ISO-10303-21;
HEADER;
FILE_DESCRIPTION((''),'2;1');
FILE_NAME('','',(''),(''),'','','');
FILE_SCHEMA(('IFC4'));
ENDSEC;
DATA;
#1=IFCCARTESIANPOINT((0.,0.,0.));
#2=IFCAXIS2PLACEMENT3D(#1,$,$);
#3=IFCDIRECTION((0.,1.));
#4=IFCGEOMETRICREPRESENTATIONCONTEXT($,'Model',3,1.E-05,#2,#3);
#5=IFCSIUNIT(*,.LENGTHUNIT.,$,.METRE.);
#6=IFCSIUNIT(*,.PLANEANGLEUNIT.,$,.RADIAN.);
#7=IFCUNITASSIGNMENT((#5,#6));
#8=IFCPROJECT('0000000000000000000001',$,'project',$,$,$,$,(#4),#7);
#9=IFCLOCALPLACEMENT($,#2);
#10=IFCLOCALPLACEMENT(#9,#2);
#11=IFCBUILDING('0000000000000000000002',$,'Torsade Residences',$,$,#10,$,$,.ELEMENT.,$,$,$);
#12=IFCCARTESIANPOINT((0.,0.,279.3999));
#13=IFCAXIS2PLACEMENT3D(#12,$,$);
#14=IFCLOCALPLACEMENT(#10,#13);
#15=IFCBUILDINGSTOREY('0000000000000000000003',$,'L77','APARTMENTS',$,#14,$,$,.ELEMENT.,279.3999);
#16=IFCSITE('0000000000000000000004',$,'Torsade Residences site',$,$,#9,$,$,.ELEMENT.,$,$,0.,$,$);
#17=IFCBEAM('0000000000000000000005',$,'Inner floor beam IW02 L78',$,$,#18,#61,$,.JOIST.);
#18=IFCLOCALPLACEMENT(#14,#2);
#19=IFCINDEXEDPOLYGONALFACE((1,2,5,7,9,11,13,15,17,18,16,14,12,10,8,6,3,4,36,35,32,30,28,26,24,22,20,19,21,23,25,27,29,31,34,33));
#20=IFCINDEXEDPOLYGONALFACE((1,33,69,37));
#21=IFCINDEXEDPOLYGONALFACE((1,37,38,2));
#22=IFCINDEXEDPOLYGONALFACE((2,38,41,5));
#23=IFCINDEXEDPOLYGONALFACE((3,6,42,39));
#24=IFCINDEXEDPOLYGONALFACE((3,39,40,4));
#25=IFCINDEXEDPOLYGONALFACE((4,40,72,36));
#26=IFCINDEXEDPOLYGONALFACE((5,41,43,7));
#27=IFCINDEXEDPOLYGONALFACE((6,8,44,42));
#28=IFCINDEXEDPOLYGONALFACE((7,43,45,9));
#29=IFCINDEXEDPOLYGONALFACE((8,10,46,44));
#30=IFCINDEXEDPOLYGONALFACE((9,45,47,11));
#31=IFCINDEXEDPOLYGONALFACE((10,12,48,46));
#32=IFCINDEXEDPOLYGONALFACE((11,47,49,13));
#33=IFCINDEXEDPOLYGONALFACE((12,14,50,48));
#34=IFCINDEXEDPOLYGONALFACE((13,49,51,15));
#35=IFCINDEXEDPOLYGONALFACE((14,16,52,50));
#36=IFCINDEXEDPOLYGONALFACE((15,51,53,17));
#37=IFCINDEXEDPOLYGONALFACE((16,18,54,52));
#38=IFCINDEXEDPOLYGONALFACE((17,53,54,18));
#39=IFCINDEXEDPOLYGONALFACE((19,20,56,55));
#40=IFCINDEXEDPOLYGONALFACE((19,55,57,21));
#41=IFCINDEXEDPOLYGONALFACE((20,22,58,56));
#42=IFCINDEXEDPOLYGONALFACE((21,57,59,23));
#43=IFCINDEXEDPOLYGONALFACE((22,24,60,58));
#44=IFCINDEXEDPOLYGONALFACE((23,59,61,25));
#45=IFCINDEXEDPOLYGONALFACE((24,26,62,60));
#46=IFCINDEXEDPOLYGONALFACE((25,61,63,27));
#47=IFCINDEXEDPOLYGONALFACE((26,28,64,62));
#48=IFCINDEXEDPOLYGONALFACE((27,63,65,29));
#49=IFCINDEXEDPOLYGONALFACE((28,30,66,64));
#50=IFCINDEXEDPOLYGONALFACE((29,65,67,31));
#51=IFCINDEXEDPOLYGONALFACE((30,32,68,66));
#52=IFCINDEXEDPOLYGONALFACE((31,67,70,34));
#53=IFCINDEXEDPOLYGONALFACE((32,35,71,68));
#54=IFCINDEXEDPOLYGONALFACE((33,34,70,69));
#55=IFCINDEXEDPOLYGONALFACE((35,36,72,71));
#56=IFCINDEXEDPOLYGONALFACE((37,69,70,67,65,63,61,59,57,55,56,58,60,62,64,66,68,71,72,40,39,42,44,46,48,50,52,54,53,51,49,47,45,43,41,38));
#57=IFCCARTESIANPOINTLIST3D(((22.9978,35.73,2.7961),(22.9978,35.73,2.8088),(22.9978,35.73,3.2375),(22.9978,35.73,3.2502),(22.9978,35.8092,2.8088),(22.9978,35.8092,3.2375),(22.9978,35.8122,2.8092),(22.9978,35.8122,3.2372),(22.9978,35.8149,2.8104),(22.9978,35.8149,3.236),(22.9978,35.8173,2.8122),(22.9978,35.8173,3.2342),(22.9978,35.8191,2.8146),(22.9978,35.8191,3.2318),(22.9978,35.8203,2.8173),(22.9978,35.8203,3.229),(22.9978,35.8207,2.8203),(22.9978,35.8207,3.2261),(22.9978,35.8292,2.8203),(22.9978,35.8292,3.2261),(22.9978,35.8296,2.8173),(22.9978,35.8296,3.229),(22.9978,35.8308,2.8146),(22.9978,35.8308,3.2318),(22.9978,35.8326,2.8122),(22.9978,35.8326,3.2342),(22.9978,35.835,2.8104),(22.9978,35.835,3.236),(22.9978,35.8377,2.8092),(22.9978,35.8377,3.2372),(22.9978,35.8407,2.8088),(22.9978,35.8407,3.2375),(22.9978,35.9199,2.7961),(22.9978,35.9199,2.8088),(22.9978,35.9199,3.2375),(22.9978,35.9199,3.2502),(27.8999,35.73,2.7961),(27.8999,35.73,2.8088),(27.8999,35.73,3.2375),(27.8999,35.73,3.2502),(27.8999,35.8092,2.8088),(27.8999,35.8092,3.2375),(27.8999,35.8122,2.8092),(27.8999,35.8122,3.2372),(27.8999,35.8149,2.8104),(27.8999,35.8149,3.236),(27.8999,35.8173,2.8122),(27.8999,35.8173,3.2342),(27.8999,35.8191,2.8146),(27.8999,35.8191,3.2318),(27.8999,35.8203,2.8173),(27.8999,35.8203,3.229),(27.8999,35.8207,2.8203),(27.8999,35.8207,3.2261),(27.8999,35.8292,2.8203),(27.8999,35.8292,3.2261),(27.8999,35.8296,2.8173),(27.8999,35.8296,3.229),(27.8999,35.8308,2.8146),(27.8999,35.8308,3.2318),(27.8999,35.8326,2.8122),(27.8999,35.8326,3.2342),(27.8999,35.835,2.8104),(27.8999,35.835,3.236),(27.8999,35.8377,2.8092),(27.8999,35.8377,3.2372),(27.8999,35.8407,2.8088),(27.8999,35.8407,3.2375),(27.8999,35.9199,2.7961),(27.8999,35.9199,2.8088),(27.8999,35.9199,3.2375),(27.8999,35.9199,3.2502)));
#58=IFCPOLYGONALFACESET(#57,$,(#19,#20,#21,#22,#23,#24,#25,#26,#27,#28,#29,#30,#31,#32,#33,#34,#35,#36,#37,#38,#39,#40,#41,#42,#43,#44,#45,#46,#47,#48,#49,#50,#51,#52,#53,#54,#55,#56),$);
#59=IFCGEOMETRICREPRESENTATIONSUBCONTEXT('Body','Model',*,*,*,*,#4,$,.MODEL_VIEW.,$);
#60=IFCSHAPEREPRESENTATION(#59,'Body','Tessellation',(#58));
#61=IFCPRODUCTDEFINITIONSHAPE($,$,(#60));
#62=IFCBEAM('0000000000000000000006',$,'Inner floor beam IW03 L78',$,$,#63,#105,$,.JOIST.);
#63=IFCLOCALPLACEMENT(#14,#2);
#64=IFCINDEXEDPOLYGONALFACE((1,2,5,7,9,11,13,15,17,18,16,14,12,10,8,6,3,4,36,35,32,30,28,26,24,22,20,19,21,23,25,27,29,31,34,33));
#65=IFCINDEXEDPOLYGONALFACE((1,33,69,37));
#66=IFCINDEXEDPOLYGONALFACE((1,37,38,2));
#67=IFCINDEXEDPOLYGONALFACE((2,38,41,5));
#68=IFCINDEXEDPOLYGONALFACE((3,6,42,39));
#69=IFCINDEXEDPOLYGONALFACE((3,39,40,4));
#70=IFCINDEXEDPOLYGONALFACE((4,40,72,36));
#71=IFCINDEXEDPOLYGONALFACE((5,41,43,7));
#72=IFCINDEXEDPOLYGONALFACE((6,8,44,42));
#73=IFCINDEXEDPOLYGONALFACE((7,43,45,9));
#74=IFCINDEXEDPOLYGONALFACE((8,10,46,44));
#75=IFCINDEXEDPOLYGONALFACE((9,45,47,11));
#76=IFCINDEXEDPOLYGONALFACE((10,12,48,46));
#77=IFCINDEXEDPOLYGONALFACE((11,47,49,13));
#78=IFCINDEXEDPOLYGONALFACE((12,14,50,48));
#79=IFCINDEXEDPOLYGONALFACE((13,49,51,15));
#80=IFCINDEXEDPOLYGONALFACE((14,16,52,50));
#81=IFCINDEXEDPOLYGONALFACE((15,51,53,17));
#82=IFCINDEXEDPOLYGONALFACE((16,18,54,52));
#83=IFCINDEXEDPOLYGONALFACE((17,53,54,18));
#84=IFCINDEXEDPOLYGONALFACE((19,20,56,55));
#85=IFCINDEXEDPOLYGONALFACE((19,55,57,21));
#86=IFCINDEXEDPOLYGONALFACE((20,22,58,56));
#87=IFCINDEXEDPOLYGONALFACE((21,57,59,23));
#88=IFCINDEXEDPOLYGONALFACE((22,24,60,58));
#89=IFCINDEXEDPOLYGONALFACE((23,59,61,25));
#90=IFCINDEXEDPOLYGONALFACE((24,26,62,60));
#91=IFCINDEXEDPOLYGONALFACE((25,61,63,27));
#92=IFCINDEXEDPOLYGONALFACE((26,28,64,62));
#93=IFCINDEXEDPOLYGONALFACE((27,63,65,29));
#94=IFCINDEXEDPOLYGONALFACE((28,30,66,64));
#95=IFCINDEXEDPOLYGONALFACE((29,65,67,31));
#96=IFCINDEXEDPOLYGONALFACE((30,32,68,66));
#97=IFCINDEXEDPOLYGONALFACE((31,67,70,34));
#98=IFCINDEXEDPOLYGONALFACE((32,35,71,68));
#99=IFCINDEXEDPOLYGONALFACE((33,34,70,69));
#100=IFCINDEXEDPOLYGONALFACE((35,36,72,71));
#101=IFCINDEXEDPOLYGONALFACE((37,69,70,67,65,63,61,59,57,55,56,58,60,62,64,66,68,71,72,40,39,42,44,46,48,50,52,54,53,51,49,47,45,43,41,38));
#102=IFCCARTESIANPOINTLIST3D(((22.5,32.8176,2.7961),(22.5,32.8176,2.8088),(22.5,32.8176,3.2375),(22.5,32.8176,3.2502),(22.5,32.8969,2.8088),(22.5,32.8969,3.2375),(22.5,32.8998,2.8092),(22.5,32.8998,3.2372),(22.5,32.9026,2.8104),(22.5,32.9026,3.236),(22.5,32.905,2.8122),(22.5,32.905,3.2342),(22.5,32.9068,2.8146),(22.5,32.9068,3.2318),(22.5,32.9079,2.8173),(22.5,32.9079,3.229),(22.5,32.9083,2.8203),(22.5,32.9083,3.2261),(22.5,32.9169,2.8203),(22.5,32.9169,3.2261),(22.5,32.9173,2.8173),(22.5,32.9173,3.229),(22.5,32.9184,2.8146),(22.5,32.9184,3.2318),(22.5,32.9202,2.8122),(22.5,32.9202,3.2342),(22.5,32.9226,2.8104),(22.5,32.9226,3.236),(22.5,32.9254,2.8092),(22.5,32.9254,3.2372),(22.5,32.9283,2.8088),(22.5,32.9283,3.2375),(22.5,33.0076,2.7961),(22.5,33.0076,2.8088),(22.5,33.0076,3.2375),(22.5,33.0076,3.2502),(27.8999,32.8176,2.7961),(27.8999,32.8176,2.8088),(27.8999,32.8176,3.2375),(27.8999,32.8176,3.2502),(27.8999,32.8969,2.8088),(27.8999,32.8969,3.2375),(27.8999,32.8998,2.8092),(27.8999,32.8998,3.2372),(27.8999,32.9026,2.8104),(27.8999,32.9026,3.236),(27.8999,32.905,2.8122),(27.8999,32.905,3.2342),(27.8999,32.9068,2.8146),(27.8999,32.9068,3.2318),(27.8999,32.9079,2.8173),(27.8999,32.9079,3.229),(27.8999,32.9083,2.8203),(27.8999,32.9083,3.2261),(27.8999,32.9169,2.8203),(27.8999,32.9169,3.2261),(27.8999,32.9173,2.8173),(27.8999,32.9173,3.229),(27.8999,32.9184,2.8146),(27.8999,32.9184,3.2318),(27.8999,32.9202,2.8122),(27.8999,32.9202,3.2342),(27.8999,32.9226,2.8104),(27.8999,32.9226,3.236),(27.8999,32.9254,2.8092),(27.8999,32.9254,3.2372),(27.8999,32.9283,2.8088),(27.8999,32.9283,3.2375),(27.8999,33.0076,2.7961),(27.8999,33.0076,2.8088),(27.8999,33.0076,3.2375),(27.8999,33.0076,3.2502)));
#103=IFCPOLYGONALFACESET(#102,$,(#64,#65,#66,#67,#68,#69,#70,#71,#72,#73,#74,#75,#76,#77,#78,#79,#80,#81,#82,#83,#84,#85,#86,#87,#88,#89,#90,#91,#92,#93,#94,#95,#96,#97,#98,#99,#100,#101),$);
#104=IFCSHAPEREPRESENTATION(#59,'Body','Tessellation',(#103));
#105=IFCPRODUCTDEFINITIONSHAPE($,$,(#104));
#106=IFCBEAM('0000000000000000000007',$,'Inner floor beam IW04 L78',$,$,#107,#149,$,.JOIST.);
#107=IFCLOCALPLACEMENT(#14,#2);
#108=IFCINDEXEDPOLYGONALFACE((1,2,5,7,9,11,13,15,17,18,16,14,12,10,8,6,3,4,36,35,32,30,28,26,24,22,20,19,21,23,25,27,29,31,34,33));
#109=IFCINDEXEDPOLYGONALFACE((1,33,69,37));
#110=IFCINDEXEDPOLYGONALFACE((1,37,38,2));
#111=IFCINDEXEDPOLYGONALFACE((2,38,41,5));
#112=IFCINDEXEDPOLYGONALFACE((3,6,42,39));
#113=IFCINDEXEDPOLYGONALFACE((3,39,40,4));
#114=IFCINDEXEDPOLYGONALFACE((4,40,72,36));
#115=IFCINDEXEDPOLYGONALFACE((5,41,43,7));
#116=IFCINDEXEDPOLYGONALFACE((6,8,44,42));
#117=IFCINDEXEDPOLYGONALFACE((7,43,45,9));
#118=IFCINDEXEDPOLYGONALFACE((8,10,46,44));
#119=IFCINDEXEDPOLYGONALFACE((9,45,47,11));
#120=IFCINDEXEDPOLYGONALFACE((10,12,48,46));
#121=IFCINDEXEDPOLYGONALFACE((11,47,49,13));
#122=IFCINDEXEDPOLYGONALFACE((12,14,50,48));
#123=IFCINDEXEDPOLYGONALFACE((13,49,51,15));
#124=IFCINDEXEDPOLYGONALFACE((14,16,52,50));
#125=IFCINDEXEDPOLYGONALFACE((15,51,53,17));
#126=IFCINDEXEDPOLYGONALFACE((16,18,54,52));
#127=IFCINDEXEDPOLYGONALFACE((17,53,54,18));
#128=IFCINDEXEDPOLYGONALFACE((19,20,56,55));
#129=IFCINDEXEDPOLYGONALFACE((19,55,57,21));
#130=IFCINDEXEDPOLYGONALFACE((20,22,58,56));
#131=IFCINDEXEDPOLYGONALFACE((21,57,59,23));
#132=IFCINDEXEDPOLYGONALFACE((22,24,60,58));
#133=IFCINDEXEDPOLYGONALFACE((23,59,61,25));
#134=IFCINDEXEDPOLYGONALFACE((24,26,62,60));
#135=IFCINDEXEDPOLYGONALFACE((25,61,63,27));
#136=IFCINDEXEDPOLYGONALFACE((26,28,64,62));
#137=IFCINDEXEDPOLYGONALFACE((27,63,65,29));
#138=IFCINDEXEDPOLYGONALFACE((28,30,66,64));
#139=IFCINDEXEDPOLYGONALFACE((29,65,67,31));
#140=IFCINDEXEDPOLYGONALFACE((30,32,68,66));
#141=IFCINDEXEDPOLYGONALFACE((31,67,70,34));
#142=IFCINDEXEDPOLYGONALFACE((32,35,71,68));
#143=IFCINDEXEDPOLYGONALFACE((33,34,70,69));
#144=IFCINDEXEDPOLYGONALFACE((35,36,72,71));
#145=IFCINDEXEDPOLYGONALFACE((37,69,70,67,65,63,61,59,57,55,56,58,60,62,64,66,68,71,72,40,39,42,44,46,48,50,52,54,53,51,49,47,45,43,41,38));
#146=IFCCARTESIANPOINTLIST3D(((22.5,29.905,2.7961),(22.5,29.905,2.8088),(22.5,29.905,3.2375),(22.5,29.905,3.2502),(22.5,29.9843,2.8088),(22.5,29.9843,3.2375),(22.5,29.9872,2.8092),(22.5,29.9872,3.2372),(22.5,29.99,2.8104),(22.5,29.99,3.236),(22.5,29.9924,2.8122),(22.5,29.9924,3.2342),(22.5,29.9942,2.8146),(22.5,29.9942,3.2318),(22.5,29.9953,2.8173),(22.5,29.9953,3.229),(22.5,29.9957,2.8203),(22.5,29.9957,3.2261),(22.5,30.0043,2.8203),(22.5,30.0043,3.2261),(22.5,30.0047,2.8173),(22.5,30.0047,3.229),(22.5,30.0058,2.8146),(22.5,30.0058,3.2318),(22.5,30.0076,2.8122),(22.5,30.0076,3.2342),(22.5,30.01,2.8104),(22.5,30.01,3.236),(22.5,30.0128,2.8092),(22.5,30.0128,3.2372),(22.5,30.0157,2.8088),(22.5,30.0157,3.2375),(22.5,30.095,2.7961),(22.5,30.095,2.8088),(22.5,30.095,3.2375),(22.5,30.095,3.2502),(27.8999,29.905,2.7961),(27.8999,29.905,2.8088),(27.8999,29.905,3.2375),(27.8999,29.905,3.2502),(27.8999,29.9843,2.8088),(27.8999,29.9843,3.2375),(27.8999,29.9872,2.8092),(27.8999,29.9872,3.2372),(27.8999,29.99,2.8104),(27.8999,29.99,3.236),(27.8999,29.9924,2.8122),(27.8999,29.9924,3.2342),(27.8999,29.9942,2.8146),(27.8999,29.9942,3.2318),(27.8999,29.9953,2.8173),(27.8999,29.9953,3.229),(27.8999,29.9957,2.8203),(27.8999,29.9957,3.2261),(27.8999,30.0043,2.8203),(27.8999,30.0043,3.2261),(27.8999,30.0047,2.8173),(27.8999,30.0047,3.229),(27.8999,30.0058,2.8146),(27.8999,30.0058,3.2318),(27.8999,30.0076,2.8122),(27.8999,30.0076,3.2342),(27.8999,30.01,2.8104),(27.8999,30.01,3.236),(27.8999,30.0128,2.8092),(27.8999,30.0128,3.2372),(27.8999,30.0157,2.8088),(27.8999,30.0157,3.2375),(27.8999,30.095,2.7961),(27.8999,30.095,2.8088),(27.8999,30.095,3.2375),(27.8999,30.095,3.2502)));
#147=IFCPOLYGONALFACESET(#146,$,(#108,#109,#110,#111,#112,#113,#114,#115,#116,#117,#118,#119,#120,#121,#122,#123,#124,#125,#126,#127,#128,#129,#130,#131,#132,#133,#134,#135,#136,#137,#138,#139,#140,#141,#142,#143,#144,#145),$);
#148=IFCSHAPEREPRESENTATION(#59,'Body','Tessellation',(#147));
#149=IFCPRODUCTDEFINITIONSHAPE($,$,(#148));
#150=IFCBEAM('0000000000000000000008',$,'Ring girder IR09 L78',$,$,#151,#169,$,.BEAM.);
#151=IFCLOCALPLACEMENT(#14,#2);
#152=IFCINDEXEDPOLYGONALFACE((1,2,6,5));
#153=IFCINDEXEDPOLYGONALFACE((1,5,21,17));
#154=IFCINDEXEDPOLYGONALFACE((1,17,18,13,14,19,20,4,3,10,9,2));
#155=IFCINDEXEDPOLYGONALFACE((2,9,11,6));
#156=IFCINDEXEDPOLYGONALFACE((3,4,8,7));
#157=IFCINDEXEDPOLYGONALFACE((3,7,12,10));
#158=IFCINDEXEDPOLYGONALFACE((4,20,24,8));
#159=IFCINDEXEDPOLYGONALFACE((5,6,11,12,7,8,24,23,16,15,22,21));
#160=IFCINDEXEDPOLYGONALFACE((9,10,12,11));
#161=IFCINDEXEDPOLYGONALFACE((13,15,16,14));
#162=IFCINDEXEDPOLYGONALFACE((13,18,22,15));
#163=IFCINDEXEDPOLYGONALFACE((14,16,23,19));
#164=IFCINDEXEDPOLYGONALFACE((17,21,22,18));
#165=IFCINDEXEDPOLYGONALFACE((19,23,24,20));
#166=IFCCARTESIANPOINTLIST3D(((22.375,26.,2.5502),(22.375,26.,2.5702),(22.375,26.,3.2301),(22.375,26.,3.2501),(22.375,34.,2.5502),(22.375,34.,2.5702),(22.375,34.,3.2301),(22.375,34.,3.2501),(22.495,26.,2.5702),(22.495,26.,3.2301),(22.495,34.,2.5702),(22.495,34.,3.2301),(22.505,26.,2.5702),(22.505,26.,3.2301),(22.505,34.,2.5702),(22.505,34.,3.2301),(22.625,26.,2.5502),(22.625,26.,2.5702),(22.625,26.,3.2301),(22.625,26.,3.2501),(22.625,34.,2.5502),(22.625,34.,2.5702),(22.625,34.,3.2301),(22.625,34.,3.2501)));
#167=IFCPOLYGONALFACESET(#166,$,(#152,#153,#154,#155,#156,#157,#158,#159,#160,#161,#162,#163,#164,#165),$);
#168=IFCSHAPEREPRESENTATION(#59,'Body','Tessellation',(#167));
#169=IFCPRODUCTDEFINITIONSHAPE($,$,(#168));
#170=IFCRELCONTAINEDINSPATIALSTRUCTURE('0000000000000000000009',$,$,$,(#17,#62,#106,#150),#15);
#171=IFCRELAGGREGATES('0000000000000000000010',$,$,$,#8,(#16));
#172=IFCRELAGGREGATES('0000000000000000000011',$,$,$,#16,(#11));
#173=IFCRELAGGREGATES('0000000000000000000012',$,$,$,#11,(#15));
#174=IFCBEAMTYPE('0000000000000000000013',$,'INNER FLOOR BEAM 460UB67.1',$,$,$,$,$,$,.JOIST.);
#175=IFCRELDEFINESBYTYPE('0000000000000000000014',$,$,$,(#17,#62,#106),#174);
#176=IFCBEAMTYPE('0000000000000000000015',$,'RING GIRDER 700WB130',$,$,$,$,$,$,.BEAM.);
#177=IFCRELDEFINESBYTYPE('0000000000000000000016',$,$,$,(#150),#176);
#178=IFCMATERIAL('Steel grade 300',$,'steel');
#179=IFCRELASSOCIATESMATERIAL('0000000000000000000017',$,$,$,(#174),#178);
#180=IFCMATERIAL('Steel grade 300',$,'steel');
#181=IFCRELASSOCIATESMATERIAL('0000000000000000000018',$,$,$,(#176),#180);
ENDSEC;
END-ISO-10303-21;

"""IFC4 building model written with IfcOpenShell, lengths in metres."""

from ifc_helpers import new_model, si_unit, direction, frame, origin, origin_2d, place, context, subcontext, project, spatial, i_section, extrude, material, material_profile, profile_set, type_object, element, save


model = new_model("IFC4")

# Units and contexts
model_context = context("Model", 3, precision=1e-05, world=origin(), true_north=direction((0.0, 1.0)))
body_context = subcontext(model_context, "Body", "Model", "MODEL_VIEW")
ifc_project = project(units=[si_unit("LENGTHUNIT", "METRE"), si_unit("PLANEANGLEUNIT", "RADIAN")], contexts=[model_context])

# Site, building, storey
site_placement = place(None, origin())
site = spatial("IfcSite", under=ifc_project, at=site_placement, Name="Torsade Residences site", CompositionType="ELEMENT", RefElevation=0.0)
building_placement = place(site_placement, origin())
building = spatial("IfcBuilding", under=site, at=building_placement, Name="Torsade Residences", CompositionType="ELEMENT")
storey_placement = place(building_placement, frame((0.0, 0.0, 279.3999)))
storey = spatial("IfcBuildingStorey", under=building, at=storey_placement, Name="L77", Description="APARTMENTS", CompositionType="ELEMENT", Elevation=279.3999)

# Beams
ifc_material_1 = material(Name="Steel grade 300", Category="steel")
ifc_material_profile_1 = material_profile(ifc_material_1, i_section(OverallWidth=0.1899, OverallDepth=0.4541, WebThickness=0.0085, FlangeThickness=0.0127, FilletRadius=0.0115, at=origin_2d()), Name="460UB67.1")
ifc_profile_set_1 = profile_set([ifc_material_profile_1], Name="Steel grade 300")
beam_type_1 = type_object("IfcBeamType", Name="INNER FLOOR BEAM 460UB67.1", PredefinedType="JOIST", material=ifc_profile_set_1)
beam_1_placement = place(storey_placement, frame((27.8999, 35.825, 3.0232), z_axis=(-1.0, 0.0, 0.0), x_axis=(0.0, -1.0, 0.0)))
element("IfcBeam", 1, at=beam_1_placement, inside=storey, type_object=beam_type_1, Name="Inner floor beam IW02 L78", PredefinedType="JOIST", context=body_context, shape_type="SweptSolid", body=[
    extrude(i_section(OverallWidth=0.1899, OverallDepth=0.4541, WebThickness=0.0085, FlangeThickness=0.0127, FilletRadius=0.0115, at=origin_2d()), origin(), (0.0, 0.0, 1.0), 4.9021),
])
for number, where, z_axis, x_axis, name in (
    (2, (27.8999, 32.9126, 3.0232), (-1.0, 0.0, 0.0), (0.0, -1.0, 0.0), "Inner floor beam IW03 L78"),
    (3, (27.8999, 30.0, 3.0232), (-1.0, 0.0, 0.0), (0.0, -1.0, 0.0), "Inner floor beam IW04 L78"),
):
    element("IfcBeam", number, at=place(storey_placement, frame(where, z_axis=z_axis, x_axis=x_axis)), inside=storey, type_object=beam_type_1, Name=name, PredefinedType="JOIST", context=body_context, shape_type="SweptSolid", body=[
        extrude(i_section(OverallWidth=0.1899, OverallDepth=0.4541, WebThickness=0.0085, FlangeThickness=0.0127, FilletRadius=0.0115, at=origin_2d()), origin(), (0.0, 0.0, 1.0), 5.3999),
    ])
ifc_material_2 = material(Name="Steel grade 300", Category="steel")
ifc_material_profile_2 = material_profile(ifc_material_2, i_section(OverallWidth=0.25, OverallDepth=0.7, WebThickness=0.01, FlangeThickness=0.02, at=origin_2d()), Name="700WB130")
ifc_profile_set_2 = profile_set([ifc_material_profile_2], Name="Steel grade 300")
beam_type_2 = type_object("IfcBeamType", Name="RING GIRDER 700WB130", PredefinedType="BEAM", material=ifc_profile_set_2)
beam_2_placement = place(storey_placement, frame((22.5, 34.0, 2.9001), z_axis=(0.0, -1.0, 0.0), x_axis=(1.0, 0.0, 0.0)))
element("IfcBeam", 4, at=beam_2_placement, inside=storey, type_object=beam_type_2, Name="Ring girder IR09 L78", PredefinedType="BEAM", context=body_context, shape_type="SweptSolid", body=[
    extrude(i_section(OverallWidth=0.25, OverallDepth=0.7, WebThickness=0.01, FlangeThickness=0.02, at=origin_2d()), origin(), (0.0, 0.0, 1.0), 8.0),
])

save(model, "model.ifc")
